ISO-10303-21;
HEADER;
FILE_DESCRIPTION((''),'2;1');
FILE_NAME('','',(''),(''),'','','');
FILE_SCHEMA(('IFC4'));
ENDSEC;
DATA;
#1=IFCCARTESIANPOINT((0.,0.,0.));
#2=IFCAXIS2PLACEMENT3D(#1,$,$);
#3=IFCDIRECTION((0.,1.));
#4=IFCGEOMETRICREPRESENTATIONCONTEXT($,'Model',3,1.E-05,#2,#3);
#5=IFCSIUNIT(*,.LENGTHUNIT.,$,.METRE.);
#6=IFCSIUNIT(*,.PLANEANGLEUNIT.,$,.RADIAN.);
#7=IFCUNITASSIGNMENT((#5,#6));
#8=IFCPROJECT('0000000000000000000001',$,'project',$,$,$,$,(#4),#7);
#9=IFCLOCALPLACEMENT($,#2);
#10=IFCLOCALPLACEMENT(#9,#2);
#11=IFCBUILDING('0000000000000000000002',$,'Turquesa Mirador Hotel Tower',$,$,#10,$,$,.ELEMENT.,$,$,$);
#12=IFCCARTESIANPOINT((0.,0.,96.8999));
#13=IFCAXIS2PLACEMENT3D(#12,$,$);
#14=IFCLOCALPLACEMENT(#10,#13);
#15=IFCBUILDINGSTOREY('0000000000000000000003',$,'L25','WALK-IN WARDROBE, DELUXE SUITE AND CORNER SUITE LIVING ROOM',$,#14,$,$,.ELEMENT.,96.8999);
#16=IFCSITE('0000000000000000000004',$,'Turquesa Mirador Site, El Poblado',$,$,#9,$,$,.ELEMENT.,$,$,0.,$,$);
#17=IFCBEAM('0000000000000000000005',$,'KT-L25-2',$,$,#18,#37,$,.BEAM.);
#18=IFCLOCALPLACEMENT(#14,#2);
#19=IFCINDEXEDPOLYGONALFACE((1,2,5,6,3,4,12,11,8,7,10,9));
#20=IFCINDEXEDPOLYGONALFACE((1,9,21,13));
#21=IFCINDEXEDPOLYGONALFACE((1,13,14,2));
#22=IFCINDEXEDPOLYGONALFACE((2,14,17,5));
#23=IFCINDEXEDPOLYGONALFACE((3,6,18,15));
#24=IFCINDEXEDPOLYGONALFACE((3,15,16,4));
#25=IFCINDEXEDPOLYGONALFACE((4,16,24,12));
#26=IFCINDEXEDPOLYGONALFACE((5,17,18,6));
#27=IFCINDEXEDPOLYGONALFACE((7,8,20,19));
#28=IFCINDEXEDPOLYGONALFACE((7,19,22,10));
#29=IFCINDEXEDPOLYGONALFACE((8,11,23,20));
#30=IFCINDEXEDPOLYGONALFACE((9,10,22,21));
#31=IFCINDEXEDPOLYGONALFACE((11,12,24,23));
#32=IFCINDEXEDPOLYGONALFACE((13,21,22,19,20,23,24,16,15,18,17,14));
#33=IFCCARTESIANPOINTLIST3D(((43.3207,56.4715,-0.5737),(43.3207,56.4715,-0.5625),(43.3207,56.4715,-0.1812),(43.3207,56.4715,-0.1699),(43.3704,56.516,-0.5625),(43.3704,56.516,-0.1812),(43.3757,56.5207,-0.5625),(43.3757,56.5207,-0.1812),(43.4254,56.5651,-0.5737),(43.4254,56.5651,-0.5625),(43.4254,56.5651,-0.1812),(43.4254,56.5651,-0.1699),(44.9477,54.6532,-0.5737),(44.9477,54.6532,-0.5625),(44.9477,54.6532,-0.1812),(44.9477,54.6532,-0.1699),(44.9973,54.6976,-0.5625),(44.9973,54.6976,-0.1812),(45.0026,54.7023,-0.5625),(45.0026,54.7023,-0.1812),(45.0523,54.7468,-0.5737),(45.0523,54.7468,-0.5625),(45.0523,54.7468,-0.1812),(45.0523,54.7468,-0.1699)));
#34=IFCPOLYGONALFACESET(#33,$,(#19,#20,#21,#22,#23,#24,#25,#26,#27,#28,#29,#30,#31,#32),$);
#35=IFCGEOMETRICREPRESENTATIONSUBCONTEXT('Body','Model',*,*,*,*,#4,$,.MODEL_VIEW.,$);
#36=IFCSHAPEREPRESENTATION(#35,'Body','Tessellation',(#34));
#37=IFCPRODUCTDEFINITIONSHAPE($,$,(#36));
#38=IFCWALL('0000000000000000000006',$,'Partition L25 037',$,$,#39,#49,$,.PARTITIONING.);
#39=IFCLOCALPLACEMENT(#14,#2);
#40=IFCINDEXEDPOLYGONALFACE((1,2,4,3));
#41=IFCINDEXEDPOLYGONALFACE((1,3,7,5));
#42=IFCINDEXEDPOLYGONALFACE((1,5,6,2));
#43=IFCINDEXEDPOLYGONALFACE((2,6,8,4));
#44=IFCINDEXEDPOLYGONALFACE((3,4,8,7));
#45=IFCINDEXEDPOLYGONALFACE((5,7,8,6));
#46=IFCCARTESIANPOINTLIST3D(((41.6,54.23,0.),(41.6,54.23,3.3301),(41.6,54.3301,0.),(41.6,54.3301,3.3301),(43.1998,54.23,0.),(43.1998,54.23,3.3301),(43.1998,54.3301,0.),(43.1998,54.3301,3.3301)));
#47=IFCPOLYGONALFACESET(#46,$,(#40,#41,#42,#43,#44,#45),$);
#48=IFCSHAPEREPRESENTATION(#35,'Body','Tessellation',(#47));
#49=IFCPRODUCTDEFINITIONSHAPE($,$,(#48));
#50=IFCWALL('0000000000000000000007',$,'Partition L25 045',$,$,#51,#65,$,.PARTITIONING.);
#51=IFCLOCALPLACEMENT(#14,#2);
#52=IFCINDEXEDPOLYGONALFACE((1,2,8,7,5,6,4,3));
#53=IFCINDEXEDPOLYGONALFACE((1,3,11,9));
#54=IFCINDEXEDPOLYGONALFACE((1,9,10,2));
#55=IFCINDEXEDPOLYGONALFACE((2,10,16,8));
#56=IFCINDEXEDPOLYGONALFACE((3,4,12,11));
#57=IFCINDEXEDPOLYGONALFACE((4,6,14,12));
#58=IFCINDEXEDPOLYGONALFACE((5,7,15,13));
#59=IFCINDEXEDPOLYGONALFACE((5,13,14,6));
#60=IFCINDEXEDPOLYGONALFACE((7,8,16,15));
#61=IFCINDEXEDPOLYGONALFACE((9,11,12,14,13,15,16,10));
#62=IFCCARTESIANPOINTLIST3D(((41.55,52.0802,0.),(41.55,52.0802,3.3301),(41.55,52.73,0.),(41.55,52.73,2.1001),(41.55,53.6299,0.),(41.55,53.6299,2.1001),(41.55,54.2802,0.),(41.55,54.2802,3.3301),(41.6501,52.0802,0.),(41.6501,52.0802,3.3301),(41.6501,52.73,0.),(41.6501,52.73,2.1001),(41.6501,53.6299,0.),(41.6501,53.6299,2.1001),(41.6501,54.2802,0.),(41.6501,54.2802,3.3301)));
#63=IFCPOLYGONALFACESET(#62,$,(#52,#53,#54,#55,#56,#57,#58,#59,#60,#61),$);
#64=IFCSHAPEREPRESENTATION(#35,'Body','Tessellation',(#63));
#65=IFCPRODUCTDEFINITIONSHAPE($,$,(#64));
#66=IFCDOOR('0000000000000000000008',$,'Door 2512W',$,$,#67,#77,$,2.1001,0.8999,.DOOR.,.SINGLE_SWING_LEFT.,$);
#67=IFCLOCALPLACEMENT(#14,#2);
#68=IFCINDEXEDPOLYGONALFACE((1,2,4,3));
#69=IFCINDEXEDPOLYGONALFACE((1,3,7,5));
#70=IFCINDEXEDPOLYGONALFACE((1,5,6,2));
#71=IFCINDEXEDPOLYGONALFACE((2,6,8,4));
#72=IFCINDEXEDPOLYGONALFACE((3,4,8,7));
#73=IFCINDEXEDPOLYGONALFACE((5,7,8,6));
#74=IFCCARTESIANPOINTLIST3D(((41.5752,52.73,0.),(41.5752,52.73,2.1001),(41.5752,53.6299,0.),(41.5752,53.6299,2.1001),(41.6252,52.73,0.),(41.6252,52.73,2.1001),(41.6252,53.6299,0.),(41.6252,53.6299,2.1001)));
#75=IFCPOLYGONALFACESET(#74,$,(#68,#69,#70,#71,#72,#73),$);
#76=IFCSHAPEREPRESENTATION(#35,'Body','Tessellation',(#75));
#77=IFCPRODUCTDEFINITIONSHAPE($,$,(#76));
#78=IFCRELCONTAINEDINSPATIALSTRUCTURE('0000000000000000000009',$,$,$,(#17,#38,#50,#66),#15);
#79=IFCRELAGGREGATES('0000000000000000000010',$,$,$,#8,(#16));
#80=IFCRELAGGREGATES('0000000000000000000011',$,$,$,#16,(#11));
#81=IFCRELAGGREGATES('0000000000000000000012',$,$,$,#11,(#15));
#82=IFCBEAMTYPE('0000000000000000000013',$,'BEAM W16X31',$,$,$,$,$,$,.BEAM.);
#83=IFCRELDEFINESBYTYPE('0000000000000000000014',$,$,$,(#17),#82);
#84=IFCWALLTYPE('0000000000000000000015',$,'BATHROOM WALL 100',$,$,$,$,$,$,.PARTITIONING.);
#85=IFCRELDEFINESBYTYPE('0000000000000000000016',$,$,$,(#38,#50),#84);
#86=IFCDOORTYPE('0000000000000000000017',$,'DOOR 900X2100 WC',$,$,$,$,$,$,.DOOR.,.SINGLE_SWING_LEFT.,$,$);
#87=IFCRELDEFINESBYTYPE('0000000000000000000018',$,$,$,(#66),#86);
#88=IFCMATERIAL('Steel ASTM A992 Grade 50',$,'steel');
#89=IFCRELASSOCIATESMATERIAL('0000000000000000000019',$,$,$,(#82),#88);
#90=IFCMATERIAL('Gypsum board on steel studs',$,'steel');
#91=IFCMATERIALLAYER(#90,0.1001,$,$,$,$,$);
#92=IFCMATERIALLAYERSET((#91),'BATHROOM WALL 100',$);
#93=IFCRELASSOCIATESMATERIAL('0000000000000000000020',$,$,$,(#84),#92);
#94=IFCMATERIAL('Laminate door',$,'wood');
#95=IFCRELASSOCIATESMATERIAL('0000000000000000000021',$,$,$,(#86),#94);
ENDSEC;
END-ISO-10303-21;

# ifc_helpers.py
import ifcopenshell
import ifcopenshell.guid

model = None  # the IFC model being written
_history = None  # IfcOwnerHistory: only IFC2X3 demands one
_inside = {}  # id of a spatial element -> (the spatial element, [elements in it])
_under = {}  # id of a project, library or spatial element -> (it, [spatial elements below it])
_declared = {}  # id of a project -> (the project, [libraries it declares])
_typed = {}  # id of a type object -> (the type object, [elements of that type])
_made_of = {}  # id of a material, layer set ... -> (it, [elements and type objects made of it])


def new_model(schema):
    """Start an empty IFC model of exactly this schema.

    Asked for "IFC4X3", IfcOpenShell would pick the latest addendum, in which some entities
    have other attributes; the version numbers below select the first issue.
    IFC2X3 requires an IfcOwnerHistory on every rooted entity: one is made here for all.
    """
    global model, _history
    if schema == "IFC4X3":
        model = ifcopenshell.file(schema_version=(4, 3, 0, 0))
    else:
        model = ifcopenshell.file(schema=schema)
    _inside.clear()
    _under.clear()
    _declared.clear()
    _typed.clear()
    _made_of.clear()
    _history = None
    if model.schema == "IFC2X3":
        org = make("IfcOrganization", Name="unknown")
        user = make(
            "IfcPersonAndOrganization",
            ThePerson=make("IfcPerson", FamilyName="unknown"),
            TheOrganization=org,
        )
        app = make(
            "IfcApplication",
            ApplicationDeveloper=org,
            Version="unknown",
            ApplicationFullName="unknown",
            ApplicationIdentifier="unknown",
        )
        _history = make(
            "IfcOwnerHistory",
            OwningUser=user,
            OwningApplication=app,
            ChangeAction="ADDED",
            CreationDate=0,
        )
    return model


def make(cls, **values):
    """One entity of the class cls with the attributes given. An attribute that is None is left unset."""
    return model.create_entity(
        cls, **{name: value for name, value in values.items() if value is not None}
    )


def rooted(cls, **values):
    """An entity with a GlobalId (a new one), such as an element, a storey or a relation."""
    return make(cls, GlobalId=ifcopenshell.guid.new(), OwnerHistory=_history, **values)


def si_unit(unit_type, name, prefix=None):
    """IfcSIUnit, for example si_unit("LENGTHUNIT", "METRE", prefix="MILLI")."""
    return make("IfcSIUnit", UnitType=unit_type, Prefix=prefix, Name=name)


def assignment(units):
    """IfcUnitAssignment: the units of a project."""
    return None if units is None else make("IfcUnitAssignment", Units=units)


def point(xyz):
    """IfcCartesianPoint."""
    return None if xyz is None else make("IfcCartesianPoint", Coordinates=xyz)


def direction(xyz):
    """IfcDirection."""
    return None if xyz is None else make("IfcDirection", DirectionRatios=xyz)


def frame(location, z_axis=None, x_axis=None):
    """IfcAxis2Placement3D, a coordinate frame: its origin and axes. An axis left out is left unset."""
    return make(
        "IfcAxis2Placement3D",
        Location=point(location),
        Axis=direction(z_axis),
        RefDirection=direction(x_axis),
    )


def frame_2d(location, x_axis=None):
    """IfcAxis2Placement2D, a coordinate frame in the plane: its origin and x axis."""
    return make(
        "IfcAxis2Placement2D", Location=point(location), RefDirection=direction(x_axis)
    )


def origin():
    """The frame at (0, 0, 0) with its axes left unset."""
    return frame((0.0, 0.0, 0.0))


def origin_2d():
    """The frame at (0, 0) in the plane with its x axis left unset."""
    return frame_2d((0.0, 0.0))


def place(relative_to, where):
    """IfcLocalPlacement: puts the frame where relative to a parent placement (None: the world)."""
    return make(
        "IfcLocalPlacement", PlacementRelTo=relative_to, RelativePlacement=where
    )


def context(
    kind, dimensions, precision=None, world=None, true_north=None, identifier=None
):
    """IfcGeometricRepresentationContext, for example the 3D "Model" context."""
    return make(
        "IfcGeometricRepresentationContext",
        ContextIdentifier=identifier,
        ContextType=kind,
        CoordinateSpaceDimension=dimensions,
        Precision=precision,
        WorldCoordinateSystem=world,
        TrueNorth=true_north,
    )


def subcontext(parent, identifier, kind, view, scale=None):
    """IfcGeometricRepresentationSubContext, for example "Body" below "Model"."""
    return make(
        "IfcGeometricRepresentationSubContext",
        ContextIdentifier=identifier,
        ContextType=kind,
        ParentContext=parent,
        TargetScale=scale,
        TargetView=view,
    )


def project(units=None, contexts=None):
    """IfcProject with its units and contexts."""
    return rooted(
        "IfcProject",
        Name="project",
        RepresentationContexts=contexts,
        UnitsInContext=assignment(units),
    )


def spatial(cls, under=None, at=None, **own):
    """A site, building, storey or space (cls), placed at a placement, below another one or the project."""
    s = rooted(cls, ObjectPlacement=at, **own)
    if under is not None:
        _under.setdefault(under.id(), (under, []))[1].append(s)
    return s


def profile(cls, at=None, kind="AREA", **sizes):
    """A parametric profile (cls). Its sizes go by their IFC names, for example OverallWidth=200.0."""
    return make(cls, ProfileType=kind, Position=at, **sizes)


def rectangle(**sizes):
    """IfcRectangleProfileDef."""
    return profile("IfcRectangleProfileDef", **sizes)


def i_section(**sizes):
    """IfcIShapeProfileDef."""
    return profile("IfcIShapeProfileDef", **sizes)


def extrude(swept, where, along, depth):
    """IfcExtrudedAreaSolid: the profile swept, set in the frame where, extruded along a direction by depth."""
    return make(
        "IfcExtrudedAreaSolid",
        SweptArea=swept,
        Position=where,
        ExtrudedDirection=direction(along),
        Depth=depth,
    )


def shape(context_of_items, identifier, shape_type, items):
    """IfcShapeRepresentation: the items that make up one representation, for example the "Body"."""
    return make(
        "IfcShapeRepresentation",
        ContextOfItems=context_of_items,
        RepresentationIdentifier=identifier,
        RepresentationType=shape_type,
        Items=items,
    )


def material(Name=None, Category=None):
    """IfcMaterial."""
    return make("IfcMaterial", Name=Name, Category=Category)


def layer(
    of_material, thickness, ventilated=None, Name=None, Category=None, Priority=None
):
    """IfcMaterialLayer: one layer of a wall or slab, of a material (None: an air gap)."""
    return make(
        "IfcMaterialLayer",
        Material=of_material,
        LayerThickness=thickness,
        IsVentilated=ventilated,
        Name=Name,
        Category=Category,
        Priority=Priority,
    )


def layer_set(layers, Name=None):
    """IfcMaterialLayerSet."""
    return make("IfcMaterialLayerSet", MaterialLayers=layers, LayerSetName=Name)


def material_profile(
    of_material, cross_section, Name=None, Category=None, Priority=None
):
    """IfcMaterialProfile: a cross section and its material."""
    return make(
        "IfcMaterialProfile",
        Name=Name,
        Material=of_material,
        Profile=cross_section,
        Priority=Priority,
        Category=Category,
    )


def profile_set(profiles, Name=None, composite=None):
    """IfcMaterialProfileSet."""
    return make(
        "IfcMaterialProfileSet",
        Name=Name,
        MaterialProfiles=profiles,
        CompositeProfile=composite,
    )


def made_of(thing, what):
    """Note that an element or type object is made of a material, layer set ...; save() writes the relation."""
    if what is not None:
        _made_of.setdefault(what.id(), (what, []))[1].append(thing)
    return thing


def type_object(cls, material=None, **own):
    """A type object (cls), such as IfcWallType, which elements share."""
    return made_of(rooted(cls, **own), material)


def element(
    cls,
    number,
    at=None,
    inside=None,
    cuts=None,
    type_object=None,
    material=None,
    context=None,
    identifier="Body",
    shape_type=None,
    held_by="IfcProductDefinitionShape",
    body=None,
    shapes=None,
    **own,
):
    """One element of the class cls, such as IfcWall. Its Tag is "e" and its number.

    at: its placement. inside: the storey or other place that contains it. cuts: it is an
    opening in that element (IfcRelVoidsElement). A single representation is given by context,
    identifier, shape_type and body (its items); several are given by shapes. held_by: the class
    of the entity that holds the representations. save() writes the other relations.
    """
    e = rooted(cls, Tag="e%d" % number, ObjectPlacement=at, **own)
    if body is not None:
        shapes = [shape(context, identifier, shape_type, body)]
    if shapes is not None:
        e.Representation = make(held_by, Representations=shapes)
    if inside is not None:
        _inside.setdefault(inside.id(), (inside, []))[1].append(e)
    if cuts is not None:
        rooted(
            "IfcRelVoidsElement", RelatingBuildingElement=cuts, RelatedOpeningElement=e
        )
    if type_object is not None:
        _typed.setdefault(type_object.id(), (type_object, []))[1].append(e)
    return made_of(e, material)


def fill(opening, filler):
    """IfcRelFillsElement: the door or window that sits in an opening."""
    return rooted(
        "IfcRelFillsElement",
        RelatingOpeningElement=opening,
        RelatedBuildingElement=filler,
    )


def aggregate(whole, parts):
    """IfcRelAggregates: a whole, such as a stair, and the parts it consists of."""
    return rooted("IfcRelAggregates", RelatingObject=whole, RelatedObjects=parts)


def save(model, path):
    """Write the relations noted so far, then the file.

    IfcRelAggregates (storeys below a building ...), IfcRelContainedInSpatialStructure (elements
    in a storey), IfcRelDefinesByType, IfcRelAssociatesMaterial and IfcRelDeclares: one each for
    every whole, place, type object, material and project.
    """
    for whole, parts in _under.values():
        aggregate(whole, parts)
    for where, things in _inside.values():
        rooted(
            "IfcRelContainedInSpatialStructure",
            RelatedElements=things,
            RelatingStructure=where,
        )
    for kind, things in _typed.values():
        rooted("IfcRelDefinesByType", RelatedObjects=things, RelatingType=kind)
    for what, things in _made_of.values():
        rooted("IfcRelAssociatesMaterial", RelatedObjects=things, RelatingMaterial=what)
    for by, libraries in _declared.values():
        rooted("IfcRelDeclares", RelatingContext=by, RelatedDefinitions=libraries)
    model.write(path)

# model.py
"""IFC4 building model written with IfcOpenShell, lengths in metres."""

from ifc_helpers import new_model, si_unit, direction, frame, frame_2d, origin, origin_2d, place, context, subcontext, project, spatial, rectangle, i_section, extrude, material, layer, layer_set, material_profile, profile_set, type_object, element, fill, save


model = new_model("IFC4")

# Units and contexts
model_context = context("Model", 3, precision=1e-05, world=origin(), true_north=direction((0.0, 1.0)))
body_context = subcontext(model_context, "Body", "Model", "MODEL_VIEW")
ifc_project = project(units=[si_unit("LENGTHUNIT", "METRE"), si_unit("PLANEANGLEUNIT", "RADIAN")], contexts=[model_context])

# Site, building, storey
site_placement = place(None, origin())
site = spatial("IfcSite", under=ifc_project, at=site_placement, Name="Turquesa Mirador Site, El Poblado", CompositionType="ELEMENT", RefElevation=0.0)
building_placement = place(site_placement, origin())
building = spatial("IfcBuilding", under=site, at=building_placement, Name="Turquesa Mirador Hotel Tower", CompositionType="ELEMENT")
storey_placement = place(building_placement, frame((0.0, 0.0, 96.8999)))
storey = spatial("IfcBuildingStorey", under=building, at=storey_placement, Name="L25", Description="WALK-IN WARDROBE, DELUXE SUITE AND CORNER SUITE LIVING ROOM", CompositionType="ELEMENT", Elevation=96.8999)

# Beam
ifc_material_1 = material(Name="Steel ASTM A992 Grade 50", Category="steel")
ifc_material_profile = material_profile(ifc_material_1, i_section(OverallWidth=0.1404, OverallDepth=0.4038, WebThickness=0.0071, FlangeThickness=0.0112, at=origin_2d()), Name="W16X31")
ifc_profile_set = profile_set([ifc_material_profile], Name="Steel ASTM A992 Grade 50")
beam_type = type_object("IfcBeamType", Name="BEAM W16X31", PredefinedType="BEAM", material=ifc_profile_set)
beam_placement = place(storey_placement, frame((43.373, 56.5183, -0.3718), z_axis=(0.666795, -0.745241, 0.0), x_axis=(0.745241, 0.666795, 0.0)))
element("IfcBeam", 1, at=beam_placement, inside=storey, type_object=beam_type, Name="KT-L25-2", PredefinedType="BEAM", context=body_context, shape_type="SweptSolid", body=[
    extrude(i_section(OverallWidth=0.1404, OverallDepth=0.4038, WebThickness=0.0071, FlangeThickness=0.0112, at=origin_2d()), origin(), (0.0, 0.0, 1.0), 2.4399),
])

# Wall
ifc_material_2 = material(Name="Gypsum board on steel studs", Category="steel")
ifc_layer_1 = layer(ifc_material_2, 0.1001)
ifc_layer_set_1 = layer_set([ifc_layer_1], Name="BATHROOM WALL 100")
wall_type_1 = type_object("IfcWallType", Name="BATHROOM WALL 100", PredefinedType="PARTITIONING", material=ifc_layer_set_1)
wall_1_placement = place(storey_placement, frame((41.6001, 54.28, 0.0), z_axis=(0.0, 0.0, 1.0), x_axis=(1.0, 0.0, 0.0)))
element("IfcWall", 2, at=wall_1_placement, inside=storey, type_object=wall_type_1, Name="Partition L25 037", PredefinedType="PARTITIONING", context=body_context, shape_type="SweptSolid", body=[
    extrude(rectangle(XDim=1.5999, YDim=0.1001, at=frame_2d((0.7998, 0.0))), origin(), (0.0, 0.0, 1.0), 3.3301),
])

# Wall, opening, door
wall_2_placement = place(storey_placement, frame((41.6001, 52.0801, 0.0), z_axis=(0.0, 0.0, 1.0), x_axis=(0.0, 1.0, 0.0)))
wall_2 = element("IfcWall", 3, at=wall_2_placement, inside=storey, type_object=wall_type_1, Name="Partition L25 045", PredefinedType="PARTITIONING", context=body_context, shape_type="SweptSolid", body=[
    extrude(rectangle(XDim=2.2, YDim=0.1001, at=frame_2d((1.1001, 0.0))), origin(), (0.0, 0.0, 1.0), 3.3301),
])
opening_1_placement = place(wall_2_placement, frame((0.6499, 0.0, 0.0)))
opening_1 = element("IfcOpeningElement", 4, at=opening_1_placement, cuts=wall_2, PredefinedType="OPENING", context=body_context, shape_type="SweptSolid", body=[
    extrude(rectangle(XDim=0.8999, YDim=2.1001, at=frame_2d((0.45, 1.05))), frame((0.0, 0.0601, 0.0), z_axis=(0.0, -1.0, 0.0), x_axis=(1.0, 0.0, 0.0)), (0.0, 0.0, 1.0), 0.1201),
])
ifc_material_3 = material(Name="Laminate door", Category="wood")
door_type_1 = type_object("IfcDoorType", Name="DOOR 900X2100 WC", OperationType="SINGLE_SWING_LEFT", PredefinedType="DOOR", material=ifc_material_3)
door_1_placement = place(opening_1_placement, origin())
door_1 = element("IfcDoor", 5, at=door_1_placement, inside=storey, type_object=door_type_1, Name="Door 2512W", OperationType="SINGLE_SWING_LEFT", OverallHeight=2.1001, OverallWidth=0.8999, PredefinedType="DOOR", context=body_context, shape_type="SweptSolid", body=[
    extrude(rectangle(XDim=0.8999, YDim=2.1001, at=frame_2d((0.45, 1.05))), frame((0.0, 0.0249, 0.0), z_axis=(0.0, -1.0, 0.0), x_axis=(1.0, 0.0, 0.0)), (0.0, 0.0, 1.0), 0.05),
])
fill(opening_1, door_1)

save(model, "model.ifc")
